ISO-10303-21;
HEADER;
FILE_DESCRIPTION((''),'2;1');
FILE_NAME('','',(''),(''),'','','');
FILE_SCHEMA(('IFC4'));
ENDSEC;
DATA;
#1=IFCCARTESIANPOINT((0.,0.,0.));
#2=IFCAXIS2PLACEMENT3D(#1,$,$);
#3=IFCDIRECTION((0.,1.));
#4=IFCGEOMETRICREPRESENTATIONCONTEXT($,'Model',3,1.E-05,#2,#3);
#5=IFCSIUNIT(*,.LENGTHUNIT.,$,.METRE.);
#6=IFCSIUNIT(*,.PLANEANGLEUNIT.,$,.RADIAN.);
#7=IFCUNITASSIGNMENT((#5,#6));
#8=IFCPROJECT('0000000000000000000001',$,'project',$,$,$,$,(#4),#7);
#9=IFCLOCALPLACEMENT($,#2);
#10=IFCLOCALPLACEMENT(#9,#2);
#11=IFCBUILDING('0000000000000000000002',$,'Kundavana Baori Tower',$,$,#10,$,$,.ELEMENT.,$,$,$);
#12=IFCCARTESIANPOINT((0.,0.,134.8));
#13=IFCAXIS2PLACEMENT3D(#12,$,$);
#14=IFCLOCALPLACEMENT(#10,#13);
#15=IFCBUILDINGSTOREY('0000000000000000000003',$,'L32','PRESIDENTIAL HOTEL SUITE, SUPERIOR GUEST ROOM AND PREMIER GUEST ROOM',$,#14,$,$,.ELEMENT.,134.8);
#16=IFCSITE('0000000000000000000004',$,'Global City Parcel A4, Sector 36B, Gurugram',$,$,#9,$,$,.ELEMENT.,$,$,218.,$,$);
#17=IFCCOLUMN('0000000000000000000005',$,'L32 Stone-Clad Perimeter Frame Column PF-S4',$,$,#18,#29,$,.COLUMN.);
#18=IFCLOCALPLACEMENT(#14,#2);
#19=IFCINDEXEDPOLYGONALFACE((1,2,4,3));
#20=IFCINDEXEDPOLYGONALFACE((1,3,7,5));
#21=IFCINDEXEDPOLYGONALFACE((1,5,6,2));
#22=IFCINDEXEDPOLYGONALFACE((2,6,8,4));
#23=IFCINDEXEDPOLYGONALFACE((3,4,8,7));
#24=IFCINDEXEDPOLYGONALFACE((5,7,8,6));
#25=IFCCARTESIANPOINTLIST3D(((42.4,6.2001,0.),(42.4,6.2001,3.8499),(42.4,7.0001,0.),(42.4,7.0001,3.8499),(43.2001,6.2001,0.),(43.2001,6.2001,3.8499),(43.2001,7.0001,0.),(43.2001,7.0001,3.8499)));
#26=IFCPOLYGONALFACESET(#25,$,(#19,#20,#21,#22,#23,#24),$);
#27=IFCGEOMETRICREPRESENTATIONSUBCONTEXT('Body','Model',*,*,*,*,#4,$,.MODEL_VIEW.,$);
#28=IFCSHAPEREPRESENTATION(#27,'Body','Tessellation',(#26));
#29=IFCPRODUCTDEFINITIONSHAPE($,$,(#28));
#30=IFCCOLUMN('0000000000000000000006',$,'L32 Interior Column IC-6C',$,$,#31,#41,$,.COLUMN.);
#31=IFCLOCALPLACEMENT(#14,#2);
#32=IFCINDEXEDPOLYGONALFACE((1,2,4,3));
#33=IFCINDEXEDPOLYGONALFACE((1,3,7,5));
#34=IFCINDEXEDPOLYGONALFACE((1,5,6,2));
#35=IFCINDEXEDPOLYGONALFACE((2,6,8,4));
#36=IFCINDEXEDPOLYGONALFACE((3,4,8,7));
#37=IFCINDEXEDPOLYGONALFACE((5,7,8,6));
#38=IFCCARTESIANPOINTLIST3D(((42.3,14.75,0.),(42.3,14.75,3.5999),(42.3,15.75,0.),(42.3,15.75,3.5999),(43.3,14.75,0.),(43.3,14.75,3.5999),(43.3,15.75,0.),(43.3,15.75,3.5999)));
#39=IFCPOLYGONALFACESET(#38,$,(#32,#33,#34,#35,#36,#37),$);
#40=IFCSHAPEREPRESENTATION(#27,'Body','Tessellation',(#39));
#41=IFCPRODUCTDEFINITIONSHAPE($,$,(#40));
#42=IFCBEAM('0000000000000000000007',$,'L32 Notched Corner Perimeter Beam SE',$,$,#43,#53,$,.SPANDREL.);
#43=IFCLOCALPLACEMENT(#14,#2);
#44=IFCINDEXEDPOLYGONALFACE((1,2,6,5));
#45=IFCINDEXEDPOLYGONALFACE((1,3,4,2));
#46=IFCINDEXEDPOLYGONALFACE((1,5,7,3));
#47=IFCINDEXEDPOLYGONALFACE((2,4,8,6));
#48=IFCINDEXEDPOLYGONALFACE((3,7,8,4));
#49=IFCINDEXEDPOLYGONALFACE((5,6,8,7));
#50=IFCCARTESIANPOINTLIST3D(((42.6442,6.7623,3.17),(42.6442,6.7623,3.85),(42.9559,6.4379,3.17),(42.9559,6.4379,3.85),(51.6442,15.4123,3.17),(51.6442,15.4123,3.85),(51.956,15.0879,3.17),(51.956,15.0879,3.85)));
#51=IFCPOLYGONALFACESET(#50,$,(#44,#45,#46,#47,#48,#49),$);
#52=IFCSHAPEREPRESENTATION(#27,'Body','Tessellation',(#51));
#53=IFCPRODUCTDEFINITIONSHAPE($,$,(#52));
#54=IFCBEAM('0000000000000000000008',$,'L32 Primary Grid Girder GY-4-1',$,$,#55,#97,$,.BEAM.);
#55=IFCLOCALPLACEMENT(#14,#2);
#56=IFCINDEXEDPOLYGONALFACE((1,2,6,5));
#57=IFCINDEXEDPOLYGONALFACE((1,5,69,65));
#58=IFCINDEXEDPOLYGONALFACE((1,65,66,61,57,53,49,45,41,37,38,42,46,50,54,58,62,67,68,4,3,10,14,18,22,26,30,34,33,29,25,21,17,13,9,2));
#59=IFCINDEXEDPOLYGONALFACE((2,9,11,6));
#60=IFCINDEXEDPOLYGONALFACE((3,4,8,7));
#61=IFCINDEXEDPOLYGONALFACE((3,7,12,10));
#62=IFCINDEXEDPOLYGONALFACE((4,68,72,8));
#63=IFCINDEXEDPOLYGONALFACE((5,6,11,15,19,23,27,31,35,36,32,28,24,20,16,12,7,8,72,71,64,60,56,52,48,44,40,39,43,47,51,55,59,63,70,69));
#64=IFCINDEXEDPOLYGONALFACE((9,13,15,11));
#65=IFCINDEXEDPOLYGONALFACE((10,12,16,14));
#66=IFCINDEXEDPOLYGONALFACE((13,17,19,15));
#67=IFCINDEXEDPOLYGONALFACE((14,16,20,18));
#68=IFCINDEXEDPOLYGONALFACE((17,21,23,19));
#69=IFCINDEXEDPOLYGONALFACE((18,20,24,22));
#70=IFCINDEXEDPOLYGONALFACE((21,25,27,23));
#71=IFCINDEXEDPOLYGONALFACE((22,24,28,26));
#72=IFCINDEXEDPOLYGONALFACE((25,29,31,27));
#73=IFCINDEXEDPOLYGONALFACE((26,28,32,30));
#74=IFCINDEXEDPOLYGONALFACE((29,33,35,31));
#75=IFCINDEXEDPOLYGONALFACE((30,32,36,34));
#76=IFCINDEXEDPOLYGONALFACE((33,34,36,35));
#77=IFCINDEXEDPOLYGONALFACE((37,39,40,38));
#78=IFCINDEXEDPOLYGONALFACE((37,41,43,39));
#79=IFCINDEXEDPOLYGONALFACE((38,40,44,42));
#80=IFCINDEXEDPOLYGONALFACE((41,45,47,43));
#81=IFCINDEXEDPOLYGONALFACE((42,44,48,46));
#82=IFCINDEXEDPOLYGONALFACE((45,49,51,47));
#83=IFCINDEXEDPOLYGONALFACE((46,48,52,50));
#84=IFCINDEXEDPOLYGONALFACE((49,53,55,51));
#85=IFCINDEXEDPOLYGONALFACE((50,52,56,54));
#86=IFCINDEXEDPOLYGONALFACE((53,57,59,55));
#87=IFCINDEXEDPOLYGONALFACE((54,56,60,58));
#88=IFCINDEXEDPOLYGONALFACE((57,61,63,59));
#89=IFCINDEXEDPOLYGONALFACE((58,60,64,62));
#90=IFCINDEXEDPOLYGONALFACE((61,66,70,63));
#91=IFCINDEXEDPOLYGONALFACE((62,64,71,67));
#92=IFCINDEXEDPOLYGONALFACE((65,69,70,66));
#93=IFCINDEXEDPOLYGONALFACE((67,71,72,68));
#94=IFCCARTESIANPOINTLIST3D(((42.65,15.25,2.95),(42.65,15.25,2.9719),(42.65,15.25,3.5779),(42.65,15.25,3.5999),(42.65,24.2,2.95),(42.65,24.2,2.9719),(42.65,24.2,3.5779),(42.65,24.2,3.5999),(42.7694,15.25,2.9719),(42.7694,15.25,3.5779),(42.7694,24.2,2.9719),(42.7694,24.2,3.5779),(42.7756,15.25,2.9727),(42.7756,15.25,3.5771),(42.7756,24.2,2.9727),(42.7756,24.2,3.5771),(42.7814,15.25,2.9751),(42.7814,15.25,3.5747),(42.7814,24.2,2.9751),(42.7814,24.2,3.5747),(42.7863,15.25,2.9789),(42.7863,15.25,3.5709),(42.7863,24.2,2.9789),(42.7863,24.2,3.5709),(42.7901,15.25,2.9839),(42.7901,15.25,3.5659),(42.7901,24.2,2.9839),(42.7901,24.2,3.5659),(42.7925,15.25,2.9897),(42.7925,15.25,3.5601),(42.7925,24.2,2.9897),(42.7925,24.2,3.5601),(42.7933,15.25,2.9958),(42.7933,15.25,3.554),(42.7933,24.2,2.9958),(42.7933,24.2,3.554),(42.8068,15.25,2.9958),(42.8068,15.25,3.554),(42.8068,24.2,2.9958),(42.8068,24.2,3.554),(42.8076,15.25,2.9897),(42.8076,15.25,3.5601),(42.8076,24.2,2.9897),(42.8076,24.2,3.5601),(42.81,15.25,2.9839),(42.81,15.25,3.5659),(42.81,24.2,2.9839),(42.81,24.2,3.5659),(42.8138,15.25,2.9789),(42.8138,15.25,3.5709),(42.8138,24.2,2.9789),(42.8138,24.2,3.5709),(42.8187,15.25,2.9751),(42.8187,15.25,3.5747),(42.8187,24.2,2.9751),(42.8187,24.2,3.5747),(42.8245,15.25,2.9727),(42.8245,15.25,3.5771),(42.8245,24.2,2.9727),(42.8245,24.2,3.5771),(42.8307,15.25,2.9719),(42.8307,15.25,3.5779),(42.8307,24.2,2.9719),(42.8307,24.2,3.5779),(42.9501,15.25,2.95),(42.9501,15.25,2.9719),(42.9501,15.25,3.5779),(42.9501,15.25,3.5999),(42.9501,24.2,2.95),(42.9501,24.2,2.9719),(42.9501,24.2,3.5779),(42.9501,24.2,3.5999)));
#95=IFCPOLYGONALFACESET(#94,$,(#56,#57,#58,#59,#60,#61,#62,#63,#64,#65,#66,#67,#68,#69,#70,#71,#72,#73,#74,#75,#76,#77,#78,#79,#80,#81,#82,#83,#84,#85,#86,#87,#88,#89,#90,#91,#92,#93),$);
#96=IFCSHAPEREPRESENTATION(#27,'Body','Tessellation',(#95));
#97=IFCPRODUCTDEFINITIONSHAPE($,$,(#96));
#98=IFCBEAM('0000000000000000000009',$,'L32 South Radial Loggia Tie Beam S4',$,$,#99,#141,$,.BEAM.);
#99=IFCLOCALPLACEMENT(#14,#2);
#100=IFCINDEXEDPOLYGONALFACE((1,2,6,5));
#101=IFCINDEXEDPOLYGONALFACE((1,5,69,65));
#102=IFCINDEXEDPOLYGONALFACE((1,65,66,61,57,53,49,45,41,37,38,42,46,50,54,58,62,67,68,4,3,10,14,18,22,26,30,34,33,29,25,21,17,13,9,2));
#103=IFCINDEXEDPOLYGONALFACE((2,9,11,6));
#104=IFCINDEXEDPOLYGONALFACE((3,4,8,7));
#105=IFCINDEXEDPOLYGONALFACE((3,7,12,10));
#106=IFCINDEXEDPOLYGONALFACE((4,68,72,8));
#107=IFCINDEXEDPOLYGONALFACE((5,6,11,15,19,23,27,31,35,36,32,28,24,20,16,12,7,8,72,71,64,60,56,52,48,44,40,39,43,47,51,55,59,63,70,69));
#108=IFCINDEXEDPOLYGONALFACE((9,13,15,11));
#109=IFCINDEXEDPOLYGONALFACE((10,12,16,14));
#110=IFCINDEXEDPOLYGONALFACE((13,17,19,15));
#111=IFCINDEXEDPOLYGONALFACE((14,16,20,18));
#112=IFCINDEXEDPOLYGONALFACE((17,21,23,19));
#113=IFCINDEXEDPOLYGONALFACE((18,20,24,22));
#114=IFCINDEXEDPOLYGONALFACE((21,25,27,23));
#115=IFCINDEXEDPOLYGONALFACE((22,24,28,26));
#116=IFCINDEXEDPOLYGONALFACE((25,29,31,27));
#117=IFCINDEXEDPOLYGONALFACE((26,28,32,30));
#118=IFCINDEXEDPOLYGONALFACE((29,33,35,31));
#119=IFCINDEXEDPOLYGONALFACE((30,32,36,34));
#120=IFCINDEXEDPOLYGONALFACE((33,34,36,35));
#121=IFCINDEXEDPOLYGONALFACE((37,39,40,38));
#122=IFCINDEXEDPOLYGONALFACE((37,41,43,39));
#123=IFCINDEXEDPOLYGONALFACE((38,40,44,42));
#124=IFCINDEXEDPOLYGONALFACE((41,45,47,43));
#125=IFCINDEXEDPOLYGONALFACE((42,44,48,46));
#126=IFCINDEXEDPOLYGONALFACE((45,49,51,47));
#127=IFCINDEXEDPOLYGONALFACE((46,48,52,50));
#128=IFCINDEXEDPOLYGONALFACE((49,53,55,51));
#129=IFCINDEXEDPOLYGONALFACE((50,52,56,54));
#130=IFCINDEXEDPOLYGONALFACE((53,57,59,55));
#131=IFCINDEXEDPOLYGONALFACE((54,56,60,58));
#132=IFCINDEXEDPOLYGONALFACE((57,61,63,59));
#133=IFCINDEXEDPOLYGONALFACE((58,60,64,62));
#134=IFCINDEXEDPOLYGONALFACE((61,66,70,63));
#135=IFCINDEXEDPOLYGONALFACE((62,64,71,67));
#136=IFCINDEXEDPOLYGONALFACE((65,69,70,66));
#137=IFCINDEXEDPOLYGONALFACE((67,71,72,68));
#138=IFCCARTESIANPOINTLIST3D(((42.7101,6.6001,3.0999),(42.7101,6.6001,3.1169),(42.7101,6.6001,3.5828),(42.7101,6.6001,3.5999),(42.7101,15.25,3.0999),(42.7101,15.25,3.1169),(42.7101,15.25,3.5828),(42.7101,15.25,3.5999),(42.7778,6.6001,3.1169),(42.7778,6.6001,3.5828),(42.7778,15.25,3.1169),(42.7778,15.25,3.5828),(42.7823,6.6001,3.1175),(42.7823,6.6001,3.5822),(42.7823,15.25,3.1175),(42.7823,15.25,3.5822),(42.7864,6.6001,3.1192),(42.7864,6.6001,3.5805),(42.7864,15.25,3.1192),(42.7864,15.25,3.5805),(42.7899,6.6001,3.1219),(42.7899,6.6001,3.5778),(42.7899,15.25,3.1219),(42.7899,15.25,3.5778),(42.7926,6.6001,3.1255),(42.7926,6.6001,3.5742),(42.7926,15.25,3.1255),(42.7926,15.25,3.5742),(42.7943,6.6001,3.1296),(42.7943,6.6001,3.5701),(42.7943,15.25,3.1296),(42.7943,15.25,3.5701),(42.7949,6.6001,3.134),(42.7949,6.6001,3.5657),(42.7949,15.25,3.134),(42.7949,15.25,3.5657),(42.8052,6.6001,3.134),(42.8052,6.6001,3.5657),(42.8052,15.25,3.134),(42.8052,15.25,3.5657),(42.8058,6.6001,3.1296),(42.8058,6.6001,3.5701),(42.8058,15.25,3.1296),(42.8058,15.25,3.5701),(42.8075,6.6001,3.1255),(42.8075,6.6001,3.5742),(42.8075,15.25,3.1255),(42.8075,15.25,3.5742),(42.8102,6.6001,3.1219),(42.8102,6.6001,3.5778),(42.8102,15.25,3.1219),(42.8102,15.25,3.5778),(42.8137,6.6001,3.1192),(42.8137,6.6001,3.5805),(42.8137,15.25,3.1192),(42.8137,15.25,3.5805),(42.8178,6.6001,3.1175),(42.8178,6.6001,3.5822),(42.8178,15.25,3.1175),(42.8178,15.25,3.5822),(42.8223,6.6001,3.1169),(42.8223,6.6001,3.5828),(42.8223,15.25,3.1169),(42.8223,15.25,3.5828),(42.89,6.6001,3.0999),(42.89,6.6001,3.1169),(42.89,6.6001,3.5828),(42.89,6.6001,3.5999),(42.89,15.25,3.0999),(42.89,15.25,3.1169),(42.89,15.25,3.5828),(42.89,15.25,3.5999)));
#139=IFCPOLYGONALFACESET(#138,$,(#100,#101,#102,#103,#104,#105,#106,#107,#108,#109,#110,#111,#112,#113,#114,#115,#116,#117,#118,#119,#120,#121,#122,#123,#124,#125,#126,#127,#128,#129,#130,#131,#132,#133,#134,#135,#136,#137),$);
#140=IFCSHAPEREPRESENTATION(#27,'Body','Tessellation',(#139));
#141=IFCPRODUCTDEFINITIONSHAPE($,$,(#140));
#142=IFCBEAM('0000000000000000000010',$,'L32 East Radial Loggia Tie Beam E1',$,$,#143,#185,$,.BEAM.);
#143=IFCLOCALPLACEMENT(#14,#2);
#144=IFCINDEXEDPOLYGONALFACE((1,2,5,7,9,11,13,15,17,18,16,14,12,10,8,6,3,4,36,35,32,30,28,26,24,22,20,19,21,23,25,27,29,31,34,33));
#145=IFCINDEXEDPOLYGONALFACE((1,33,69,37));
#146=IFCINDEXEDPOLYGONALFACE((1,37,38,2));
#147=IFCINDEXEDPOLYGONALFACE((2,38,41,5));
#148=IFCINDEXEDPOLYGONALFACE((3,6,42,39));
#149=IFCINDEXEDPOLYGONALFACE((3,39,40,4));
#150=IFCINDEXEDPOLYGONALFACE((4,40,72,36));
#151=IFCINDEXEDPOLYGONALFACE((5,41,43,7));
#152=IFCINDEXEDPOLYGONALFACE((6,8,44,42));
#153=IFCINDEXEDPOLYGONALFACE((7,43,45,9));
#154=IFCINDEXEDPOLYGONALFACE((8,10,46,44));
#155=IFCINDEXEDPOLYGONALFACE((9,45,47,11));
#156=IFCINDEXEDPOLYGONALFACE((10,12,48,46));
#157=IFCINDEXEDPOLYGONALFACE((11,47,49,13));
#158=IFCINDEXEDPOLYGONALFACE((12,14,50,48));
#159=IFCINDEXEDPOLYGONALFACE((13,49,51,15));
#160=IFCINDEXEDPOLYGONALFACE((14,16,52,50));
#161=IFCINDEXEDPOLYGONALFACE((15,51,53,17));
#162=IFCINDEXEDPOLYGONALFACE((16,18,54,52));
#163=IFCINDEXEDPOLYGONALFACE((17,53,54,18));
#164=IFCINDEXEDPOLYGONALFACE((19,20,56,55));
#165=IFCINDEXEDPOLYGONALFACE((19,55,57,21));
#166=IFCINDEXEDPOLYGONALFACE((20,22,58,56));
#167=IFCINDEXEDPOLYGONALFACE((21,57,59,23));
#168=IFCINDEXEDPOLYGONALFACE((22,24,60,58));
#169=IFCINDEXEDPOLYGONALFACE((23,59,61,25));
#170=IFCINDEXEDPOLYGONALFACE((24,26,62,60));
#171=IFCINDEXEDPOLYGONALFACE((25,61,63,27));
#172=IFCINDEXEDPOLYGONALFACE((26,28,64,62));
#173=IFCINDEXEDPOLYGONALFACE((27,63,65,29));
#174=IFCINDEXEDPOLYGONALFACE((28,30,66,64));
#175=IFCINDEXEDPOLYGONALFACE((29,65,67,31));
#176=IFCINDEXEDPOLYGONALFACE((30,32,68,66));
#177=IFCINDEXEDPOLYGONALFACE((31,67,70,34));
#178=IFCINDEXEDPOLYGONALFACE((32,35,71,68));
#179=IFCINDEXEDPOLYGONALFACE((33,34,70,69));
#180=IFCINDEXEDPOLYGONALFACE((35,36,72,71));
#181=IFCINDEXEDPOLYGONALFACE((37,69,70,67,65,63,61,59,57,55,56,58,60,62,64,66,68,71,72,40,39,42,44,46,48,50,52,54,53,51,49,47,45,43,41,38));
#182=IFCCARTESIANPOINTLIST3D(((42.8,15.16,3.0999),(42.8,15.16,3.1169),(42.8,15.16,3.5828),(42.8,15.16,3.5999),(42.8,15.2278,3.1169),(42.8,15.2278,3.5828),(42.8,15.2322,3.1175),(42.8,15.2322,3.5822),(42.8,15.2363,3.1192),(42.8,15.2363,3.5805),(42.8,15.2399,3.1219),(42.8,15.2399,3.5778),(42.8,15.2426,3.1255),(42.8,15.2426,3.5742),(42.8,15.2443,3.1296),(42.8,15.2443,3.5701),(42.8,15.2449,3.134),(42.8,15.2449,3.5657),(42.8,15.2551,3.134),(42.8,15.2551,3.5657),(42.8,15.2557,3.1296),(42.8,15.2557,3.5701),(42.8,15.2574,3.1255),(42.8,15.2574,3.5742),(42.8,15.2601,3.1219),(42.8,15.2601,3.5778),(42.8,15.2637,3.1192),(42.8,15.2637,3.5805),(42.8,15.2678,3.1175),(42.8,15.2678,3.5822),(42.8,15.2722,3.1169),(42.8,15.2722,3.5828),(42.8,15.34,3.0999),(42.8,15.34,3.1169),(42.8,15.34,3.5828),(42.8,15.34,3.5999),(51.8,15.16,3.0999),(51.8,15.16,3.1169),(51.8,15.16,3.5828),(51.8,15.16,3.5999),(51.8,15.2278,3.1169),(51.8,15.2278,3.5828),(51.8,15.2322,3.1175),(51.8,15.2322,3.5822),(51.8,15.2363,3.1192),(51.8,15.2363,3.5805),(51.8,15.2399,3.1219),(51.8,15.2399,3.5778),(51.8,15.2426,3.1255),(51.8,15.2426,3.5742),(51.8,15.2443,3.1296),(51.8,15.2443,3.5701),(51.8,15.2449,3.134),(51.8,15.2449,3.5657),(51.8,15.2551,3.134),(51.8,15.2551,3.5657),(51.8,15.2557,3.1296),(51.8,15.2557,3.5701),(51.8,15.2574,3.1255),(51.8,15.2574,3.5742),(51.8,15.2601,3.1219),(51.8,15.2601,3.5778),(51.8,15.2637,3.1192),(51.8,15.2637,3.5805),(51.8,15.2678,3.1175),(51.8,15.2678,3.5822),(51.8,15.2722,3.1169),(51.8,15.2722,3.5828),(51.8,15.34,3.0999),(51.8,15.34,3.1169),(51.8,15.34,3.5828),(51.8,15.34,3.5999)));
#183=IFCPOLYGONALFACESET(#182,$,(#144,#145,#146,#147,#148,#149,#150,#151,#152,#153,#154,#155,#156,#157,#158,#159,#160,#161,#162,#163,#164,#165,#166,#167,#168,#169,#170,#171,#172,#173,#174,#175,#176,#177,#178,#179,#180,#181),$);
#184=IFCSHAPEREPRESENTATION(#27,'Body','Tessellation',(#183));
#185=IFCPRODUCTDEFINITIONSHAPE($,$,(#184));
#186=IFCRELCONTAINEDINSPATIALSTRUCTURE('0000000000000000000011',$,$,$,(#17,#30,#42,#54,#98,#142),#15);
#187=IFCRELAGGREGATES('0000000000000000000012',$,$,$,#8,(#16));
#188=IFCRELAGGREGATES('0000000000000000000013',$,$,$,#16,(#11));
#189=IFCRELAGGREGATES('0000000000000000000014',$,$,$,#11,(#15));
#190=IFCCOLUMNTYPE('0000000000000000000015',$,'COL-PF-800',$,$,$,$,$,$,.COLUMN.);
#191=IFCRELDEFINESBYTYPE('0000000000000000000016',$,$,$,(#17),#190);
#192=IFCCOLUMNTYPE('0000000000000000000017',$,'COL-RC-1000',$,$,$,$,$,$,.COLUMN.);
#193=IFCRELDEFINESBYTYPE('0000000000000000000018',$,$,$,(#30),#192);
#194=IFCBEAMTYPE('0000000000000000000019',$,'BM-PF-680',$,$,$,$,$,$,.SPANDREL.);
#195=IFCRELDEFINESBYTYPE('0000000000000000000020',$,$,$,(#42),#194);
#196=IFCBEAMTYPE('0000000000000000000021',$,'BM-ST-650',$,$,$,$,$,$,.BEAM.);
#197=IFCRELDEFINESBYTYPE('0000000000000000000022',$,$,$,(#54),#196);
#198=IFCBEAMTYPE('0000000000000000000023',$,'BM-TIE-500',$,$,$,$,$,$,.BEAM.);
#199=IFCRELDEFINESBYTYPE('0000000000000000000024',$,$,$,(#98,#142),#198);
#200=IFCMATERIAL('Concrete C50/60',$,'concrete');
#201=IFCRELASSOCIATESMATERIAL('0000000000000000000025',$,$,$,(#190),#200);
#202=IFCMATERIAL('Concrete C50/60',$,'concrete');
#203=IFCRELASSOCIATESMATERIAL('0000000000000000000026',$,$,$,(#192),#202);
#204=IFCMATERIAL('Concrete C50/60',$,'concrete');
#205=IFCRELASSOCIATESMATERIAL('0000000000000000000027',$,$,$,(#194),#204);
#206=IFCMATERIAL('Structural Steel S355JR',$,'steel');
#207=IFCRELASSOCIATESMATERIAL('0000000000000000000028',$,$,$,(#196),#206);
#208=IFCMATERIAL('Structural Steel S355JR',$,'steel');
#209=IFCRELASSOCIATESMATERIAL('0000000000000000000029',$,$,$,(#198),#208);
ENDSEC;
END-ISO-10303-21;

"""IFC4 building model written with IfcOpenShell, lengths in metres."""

from ifc_helpers import new_model, si_unit, direction, frame, origin, origin_2d, place, context, subcontext, project, spatial, rectangle, i_section, extrude, material, material_profile, profile_set, type_object, element, save


model = new_model("IFC4")

# Units and contexts
model_context = context("Model", 3, precision=1e-05, world=origin(), true_north=direction((0.0, 1.0)))
body_context = subcontext(model_context, "Body", "Model", "MODEL_VIEW")
ifc_project = project(units=[si_unit("LENGTHUNIT", "METRE"), si_unit("PLANEANGLEUNIT", "RADIAN")], contexts=[model_context])

# Site, building, storey
site_placement = place(None, origin())
site = spatial("IfcSite", under=ifc_project, at=site_placement, Name="Global City Parcel A4, Sector 36B, Gurugram", CompositionType="ELEMENT", RefElevation=218.0)
building_placement = place(site_placement, origin())
building = spatial("IfcBuilding", under=site, at=building_placement, Name="Kundavana Baori Tower", CompositionType="ELEMENT")
storey_placement = place(building_placement, frame((0.0, 0.0, 134.8)))
storey = spatial("IfcBuildingStorey", under=building, at=storey_placement, Name="L32", Description="PRESIDENTIAL HOTEL SUITE, SUPERIOR GUEST ROOM AND PREMIER GUEST ROOM", CompositionType="ELEMENT", Elevation=134.8)

# Columns
ifc_material_1 = material(Name="Concrete C50/60", Category="concrete")
ifc_material_profile_1 = material_profile(ifc_material_1, rectangle(XDim=0.8, YDim=0.8, at=origin_2d()), Name="RC PF 800x800")
ifc_profile_set_1 = profile_set([ifc_material_profile_1], Name="Concrete C50/60")
column_type_1 = type_object("IfcColumnType", Name="COL-PF-800", PredefinedType="COLUMN", material=ifc_profile_set_1)
column_1_placement = place(storey_placement, frame((42.8, 6.6001, 0.0), z_axis=(0.0, 0.0, 1.0), x_axis=(1.0, 0.0, 0.0)))
element("IfcColumn", 1, at=column_1_placement, inside=storey, type_object=column_type_1, Name="L32 Stone-Clad Perimeter Frame Column PF-S4", PredefinedType="COLUMN", context=body_context, shape_type="SweptSolid", body=[
    extrude(rectangle(XDim=0.8, YDim=0.8, at=origin_2d()), origin(), (0.0, 0.0, 1.0), 3.8499),
])
ifc_material_2 = material(Name="Concrete C50/60", Category="concrete")
ifc_material_profile_2 = material_profile(ifc_material_2, rectangle(XDim=1.0, YDim=1.0, at=origin_2d()), Name="RC 1000x1000")
ifc_profile_set_2 = profile_set([ifc_material_profile_2], Name="Concrete C50/60")
column_type_2 = type_object("IfcColumnType", Name="COL-RC-1000", PredefinedType="COLUMN", material=ifc_profile_set_2)
column_2_placement = place(storey_placement, frame((42.8, 15.25, 0.0), z_axis=(0.0, 0.0, 1.0), x_axis=(1.0, 0.0, 0.0)))
element("IfcColumn", 2, at=column_2_placement, inside=storey, type_object=column_type_2, Name="L32 Interior Column IC-6C", PredefinedType="COLUMN", context=body_context, shape_type="SweptSolid", body=[
    extrude(rectangle(XDim=1.0, YDim=1.0, at=origin_2d()), origin(), (0.0, 0.0, 1.0), 3.5999),
])

# Beams
ifc_material_3 = material(Name="Concrete C50/60", Category="concrete")
ifc_material_profile_3 = material_profile(ifc_material_3, rectangle(XDim=0.45, YDim=0.6799, at=origin_2d()), Name="RC BM 450x680")
ifc_profile_set_3 = profile_set([ifc_material_profile_3], Name="Concrete C50/60")
beam_type_1 = type_object("IfcBeamType", Name="BM-PF-680", PredefinedType="SPANDREL", material=ifc_profile_set_3)
beam_1_placement = place(storey_placement, frame((42.8, 6.6001, 3.51), z_axis=(0.720991, 0.692945, 0.0), x_axis=(-0.692945, 0.720991, 0.0)))
element("IfcBeam", 3, at=beam_1_placement, inside=storey, type_object=beam_type_1, Name="L32 Notched Corner Perimeter Beam SE", PredefinedType="SPANDREL", context=body_context, shape_type="SweptSolid", body=[
    extrude(rectangle(XDim=0.45, YDim=0.6799, at=origin_2d()), origin(), (0.0, 0.0, 1.0), 12.4829),
])
ifc_material_4 = material(Name="Structural Steel S355JR", Category="steel")
ifc_material_profile_4 = material_profile(ifc_material_4, i_section(OverallWidth=0.3, OverallDepth=0.6499, WebThickness=0.0134, FlangeThickness=0.022, FilletRadius=0.0239, at=origin_2d()), Name="NPB 650x300x155")
ifc_profile_set_4 = profile_set([ifc_material_profile_4], Name="Structural Steel S355JR")
beam_type_2 = type_object("IfcBeamType", Name="BM-ST-650", PredefinedType="BEAM", material=ifc_profile_set_4)
beam_2_placement = place(storey_placement, frame((42.8, 15.25, 3.2749), z_axis=(0.0, 1.0, 0.0), x_axis=(-1.0, 0.0, 0.0)))
element("IfcBeam", 4, at=beam_2_placement, inside=storey, type_object=beam_type_2, Name="L32 Primary Grid Girder GY-4-1", PredefinedType="BEAM", context=body_context, shape_type="SweptSolid", body=[
    extrude(i_section(OverallWidth=0.3, OverallDepth=0.6499, WebThickness=0.0134, FlangeThickness=0.022, FilletRadius=0.0239, at=origin_2d()), origin(), (0.0, 0.0, 1.0), 8.95),
])
ifc_material_5 = material(Name="Structural Steel S355JR", Category="steel")
ifc_material_profile_5 = material_profile(ifc_material_5, i_section(OverallWidth=0.1799, OverallDepth=0.5, WebThickness=0.0103, FlangeThickness=0.0171, FilletRadius=0.0171, at=origin_2d()), Name="ISMB 500")
ifc_profile_set_5 = profile_set([ifc_material_profile_5], Name="Structural Steel S355JR")
beam_type_3 = type_object("IfcBeamType", Name="BM-TIE-500", PredefinedType="BEAM", material=ifc_profile_set_5)
beam_3_placement = place(storey_placement, frame((42.8, 15.25, 3.3499), z_axis=(0.0, -1.0, 0.0), x_axis=(1.0, 0.0, 0.0)))
element("IfcBeam", 5, at=beam_3_placement, inside=storey, type_object=beam_type_3, Name="L32 South Radial Loggia Tie Beam S4", PredefinedType="BEAM", context=body_context, shape_type="SweptSolid", body=[
    extrude(i_section(OverallWidth=0.1799, OverallDepth=0.5, WebThickness=0.0103, FlangeThickness=0.0171, FilletRadius=0.0171, at=origin_2d()), origin(), (0.0, 0.0, 1.0), 8.6499),
])
beam_4_placement = place(storey_placement, frame((42.8, 15.25, 3.3499), z_axis=(1.0, 0.0, 0.0), x_axis=(0.0, 1.0, 0.0)))
element("IfcBeam", 6, at=beam_4_placement, inside=storey, type_object=beam_type_3, Name="L32 East Radial Loggia Tie Beam E1", PredefinedType="BEAM", context=body_context, shape_type="SweptSolid", body=[
    extrude(i_section(OverallWidth=0.1799, OverallDepth=0.5, WebThickness=0.0103, FlangeThickness=0.0171, FilletRadius=0.0171, at=origin_2d()), origin(), (0.0, 0.0, 1.0), 9.0),
])

save(model, "model.ifc")
